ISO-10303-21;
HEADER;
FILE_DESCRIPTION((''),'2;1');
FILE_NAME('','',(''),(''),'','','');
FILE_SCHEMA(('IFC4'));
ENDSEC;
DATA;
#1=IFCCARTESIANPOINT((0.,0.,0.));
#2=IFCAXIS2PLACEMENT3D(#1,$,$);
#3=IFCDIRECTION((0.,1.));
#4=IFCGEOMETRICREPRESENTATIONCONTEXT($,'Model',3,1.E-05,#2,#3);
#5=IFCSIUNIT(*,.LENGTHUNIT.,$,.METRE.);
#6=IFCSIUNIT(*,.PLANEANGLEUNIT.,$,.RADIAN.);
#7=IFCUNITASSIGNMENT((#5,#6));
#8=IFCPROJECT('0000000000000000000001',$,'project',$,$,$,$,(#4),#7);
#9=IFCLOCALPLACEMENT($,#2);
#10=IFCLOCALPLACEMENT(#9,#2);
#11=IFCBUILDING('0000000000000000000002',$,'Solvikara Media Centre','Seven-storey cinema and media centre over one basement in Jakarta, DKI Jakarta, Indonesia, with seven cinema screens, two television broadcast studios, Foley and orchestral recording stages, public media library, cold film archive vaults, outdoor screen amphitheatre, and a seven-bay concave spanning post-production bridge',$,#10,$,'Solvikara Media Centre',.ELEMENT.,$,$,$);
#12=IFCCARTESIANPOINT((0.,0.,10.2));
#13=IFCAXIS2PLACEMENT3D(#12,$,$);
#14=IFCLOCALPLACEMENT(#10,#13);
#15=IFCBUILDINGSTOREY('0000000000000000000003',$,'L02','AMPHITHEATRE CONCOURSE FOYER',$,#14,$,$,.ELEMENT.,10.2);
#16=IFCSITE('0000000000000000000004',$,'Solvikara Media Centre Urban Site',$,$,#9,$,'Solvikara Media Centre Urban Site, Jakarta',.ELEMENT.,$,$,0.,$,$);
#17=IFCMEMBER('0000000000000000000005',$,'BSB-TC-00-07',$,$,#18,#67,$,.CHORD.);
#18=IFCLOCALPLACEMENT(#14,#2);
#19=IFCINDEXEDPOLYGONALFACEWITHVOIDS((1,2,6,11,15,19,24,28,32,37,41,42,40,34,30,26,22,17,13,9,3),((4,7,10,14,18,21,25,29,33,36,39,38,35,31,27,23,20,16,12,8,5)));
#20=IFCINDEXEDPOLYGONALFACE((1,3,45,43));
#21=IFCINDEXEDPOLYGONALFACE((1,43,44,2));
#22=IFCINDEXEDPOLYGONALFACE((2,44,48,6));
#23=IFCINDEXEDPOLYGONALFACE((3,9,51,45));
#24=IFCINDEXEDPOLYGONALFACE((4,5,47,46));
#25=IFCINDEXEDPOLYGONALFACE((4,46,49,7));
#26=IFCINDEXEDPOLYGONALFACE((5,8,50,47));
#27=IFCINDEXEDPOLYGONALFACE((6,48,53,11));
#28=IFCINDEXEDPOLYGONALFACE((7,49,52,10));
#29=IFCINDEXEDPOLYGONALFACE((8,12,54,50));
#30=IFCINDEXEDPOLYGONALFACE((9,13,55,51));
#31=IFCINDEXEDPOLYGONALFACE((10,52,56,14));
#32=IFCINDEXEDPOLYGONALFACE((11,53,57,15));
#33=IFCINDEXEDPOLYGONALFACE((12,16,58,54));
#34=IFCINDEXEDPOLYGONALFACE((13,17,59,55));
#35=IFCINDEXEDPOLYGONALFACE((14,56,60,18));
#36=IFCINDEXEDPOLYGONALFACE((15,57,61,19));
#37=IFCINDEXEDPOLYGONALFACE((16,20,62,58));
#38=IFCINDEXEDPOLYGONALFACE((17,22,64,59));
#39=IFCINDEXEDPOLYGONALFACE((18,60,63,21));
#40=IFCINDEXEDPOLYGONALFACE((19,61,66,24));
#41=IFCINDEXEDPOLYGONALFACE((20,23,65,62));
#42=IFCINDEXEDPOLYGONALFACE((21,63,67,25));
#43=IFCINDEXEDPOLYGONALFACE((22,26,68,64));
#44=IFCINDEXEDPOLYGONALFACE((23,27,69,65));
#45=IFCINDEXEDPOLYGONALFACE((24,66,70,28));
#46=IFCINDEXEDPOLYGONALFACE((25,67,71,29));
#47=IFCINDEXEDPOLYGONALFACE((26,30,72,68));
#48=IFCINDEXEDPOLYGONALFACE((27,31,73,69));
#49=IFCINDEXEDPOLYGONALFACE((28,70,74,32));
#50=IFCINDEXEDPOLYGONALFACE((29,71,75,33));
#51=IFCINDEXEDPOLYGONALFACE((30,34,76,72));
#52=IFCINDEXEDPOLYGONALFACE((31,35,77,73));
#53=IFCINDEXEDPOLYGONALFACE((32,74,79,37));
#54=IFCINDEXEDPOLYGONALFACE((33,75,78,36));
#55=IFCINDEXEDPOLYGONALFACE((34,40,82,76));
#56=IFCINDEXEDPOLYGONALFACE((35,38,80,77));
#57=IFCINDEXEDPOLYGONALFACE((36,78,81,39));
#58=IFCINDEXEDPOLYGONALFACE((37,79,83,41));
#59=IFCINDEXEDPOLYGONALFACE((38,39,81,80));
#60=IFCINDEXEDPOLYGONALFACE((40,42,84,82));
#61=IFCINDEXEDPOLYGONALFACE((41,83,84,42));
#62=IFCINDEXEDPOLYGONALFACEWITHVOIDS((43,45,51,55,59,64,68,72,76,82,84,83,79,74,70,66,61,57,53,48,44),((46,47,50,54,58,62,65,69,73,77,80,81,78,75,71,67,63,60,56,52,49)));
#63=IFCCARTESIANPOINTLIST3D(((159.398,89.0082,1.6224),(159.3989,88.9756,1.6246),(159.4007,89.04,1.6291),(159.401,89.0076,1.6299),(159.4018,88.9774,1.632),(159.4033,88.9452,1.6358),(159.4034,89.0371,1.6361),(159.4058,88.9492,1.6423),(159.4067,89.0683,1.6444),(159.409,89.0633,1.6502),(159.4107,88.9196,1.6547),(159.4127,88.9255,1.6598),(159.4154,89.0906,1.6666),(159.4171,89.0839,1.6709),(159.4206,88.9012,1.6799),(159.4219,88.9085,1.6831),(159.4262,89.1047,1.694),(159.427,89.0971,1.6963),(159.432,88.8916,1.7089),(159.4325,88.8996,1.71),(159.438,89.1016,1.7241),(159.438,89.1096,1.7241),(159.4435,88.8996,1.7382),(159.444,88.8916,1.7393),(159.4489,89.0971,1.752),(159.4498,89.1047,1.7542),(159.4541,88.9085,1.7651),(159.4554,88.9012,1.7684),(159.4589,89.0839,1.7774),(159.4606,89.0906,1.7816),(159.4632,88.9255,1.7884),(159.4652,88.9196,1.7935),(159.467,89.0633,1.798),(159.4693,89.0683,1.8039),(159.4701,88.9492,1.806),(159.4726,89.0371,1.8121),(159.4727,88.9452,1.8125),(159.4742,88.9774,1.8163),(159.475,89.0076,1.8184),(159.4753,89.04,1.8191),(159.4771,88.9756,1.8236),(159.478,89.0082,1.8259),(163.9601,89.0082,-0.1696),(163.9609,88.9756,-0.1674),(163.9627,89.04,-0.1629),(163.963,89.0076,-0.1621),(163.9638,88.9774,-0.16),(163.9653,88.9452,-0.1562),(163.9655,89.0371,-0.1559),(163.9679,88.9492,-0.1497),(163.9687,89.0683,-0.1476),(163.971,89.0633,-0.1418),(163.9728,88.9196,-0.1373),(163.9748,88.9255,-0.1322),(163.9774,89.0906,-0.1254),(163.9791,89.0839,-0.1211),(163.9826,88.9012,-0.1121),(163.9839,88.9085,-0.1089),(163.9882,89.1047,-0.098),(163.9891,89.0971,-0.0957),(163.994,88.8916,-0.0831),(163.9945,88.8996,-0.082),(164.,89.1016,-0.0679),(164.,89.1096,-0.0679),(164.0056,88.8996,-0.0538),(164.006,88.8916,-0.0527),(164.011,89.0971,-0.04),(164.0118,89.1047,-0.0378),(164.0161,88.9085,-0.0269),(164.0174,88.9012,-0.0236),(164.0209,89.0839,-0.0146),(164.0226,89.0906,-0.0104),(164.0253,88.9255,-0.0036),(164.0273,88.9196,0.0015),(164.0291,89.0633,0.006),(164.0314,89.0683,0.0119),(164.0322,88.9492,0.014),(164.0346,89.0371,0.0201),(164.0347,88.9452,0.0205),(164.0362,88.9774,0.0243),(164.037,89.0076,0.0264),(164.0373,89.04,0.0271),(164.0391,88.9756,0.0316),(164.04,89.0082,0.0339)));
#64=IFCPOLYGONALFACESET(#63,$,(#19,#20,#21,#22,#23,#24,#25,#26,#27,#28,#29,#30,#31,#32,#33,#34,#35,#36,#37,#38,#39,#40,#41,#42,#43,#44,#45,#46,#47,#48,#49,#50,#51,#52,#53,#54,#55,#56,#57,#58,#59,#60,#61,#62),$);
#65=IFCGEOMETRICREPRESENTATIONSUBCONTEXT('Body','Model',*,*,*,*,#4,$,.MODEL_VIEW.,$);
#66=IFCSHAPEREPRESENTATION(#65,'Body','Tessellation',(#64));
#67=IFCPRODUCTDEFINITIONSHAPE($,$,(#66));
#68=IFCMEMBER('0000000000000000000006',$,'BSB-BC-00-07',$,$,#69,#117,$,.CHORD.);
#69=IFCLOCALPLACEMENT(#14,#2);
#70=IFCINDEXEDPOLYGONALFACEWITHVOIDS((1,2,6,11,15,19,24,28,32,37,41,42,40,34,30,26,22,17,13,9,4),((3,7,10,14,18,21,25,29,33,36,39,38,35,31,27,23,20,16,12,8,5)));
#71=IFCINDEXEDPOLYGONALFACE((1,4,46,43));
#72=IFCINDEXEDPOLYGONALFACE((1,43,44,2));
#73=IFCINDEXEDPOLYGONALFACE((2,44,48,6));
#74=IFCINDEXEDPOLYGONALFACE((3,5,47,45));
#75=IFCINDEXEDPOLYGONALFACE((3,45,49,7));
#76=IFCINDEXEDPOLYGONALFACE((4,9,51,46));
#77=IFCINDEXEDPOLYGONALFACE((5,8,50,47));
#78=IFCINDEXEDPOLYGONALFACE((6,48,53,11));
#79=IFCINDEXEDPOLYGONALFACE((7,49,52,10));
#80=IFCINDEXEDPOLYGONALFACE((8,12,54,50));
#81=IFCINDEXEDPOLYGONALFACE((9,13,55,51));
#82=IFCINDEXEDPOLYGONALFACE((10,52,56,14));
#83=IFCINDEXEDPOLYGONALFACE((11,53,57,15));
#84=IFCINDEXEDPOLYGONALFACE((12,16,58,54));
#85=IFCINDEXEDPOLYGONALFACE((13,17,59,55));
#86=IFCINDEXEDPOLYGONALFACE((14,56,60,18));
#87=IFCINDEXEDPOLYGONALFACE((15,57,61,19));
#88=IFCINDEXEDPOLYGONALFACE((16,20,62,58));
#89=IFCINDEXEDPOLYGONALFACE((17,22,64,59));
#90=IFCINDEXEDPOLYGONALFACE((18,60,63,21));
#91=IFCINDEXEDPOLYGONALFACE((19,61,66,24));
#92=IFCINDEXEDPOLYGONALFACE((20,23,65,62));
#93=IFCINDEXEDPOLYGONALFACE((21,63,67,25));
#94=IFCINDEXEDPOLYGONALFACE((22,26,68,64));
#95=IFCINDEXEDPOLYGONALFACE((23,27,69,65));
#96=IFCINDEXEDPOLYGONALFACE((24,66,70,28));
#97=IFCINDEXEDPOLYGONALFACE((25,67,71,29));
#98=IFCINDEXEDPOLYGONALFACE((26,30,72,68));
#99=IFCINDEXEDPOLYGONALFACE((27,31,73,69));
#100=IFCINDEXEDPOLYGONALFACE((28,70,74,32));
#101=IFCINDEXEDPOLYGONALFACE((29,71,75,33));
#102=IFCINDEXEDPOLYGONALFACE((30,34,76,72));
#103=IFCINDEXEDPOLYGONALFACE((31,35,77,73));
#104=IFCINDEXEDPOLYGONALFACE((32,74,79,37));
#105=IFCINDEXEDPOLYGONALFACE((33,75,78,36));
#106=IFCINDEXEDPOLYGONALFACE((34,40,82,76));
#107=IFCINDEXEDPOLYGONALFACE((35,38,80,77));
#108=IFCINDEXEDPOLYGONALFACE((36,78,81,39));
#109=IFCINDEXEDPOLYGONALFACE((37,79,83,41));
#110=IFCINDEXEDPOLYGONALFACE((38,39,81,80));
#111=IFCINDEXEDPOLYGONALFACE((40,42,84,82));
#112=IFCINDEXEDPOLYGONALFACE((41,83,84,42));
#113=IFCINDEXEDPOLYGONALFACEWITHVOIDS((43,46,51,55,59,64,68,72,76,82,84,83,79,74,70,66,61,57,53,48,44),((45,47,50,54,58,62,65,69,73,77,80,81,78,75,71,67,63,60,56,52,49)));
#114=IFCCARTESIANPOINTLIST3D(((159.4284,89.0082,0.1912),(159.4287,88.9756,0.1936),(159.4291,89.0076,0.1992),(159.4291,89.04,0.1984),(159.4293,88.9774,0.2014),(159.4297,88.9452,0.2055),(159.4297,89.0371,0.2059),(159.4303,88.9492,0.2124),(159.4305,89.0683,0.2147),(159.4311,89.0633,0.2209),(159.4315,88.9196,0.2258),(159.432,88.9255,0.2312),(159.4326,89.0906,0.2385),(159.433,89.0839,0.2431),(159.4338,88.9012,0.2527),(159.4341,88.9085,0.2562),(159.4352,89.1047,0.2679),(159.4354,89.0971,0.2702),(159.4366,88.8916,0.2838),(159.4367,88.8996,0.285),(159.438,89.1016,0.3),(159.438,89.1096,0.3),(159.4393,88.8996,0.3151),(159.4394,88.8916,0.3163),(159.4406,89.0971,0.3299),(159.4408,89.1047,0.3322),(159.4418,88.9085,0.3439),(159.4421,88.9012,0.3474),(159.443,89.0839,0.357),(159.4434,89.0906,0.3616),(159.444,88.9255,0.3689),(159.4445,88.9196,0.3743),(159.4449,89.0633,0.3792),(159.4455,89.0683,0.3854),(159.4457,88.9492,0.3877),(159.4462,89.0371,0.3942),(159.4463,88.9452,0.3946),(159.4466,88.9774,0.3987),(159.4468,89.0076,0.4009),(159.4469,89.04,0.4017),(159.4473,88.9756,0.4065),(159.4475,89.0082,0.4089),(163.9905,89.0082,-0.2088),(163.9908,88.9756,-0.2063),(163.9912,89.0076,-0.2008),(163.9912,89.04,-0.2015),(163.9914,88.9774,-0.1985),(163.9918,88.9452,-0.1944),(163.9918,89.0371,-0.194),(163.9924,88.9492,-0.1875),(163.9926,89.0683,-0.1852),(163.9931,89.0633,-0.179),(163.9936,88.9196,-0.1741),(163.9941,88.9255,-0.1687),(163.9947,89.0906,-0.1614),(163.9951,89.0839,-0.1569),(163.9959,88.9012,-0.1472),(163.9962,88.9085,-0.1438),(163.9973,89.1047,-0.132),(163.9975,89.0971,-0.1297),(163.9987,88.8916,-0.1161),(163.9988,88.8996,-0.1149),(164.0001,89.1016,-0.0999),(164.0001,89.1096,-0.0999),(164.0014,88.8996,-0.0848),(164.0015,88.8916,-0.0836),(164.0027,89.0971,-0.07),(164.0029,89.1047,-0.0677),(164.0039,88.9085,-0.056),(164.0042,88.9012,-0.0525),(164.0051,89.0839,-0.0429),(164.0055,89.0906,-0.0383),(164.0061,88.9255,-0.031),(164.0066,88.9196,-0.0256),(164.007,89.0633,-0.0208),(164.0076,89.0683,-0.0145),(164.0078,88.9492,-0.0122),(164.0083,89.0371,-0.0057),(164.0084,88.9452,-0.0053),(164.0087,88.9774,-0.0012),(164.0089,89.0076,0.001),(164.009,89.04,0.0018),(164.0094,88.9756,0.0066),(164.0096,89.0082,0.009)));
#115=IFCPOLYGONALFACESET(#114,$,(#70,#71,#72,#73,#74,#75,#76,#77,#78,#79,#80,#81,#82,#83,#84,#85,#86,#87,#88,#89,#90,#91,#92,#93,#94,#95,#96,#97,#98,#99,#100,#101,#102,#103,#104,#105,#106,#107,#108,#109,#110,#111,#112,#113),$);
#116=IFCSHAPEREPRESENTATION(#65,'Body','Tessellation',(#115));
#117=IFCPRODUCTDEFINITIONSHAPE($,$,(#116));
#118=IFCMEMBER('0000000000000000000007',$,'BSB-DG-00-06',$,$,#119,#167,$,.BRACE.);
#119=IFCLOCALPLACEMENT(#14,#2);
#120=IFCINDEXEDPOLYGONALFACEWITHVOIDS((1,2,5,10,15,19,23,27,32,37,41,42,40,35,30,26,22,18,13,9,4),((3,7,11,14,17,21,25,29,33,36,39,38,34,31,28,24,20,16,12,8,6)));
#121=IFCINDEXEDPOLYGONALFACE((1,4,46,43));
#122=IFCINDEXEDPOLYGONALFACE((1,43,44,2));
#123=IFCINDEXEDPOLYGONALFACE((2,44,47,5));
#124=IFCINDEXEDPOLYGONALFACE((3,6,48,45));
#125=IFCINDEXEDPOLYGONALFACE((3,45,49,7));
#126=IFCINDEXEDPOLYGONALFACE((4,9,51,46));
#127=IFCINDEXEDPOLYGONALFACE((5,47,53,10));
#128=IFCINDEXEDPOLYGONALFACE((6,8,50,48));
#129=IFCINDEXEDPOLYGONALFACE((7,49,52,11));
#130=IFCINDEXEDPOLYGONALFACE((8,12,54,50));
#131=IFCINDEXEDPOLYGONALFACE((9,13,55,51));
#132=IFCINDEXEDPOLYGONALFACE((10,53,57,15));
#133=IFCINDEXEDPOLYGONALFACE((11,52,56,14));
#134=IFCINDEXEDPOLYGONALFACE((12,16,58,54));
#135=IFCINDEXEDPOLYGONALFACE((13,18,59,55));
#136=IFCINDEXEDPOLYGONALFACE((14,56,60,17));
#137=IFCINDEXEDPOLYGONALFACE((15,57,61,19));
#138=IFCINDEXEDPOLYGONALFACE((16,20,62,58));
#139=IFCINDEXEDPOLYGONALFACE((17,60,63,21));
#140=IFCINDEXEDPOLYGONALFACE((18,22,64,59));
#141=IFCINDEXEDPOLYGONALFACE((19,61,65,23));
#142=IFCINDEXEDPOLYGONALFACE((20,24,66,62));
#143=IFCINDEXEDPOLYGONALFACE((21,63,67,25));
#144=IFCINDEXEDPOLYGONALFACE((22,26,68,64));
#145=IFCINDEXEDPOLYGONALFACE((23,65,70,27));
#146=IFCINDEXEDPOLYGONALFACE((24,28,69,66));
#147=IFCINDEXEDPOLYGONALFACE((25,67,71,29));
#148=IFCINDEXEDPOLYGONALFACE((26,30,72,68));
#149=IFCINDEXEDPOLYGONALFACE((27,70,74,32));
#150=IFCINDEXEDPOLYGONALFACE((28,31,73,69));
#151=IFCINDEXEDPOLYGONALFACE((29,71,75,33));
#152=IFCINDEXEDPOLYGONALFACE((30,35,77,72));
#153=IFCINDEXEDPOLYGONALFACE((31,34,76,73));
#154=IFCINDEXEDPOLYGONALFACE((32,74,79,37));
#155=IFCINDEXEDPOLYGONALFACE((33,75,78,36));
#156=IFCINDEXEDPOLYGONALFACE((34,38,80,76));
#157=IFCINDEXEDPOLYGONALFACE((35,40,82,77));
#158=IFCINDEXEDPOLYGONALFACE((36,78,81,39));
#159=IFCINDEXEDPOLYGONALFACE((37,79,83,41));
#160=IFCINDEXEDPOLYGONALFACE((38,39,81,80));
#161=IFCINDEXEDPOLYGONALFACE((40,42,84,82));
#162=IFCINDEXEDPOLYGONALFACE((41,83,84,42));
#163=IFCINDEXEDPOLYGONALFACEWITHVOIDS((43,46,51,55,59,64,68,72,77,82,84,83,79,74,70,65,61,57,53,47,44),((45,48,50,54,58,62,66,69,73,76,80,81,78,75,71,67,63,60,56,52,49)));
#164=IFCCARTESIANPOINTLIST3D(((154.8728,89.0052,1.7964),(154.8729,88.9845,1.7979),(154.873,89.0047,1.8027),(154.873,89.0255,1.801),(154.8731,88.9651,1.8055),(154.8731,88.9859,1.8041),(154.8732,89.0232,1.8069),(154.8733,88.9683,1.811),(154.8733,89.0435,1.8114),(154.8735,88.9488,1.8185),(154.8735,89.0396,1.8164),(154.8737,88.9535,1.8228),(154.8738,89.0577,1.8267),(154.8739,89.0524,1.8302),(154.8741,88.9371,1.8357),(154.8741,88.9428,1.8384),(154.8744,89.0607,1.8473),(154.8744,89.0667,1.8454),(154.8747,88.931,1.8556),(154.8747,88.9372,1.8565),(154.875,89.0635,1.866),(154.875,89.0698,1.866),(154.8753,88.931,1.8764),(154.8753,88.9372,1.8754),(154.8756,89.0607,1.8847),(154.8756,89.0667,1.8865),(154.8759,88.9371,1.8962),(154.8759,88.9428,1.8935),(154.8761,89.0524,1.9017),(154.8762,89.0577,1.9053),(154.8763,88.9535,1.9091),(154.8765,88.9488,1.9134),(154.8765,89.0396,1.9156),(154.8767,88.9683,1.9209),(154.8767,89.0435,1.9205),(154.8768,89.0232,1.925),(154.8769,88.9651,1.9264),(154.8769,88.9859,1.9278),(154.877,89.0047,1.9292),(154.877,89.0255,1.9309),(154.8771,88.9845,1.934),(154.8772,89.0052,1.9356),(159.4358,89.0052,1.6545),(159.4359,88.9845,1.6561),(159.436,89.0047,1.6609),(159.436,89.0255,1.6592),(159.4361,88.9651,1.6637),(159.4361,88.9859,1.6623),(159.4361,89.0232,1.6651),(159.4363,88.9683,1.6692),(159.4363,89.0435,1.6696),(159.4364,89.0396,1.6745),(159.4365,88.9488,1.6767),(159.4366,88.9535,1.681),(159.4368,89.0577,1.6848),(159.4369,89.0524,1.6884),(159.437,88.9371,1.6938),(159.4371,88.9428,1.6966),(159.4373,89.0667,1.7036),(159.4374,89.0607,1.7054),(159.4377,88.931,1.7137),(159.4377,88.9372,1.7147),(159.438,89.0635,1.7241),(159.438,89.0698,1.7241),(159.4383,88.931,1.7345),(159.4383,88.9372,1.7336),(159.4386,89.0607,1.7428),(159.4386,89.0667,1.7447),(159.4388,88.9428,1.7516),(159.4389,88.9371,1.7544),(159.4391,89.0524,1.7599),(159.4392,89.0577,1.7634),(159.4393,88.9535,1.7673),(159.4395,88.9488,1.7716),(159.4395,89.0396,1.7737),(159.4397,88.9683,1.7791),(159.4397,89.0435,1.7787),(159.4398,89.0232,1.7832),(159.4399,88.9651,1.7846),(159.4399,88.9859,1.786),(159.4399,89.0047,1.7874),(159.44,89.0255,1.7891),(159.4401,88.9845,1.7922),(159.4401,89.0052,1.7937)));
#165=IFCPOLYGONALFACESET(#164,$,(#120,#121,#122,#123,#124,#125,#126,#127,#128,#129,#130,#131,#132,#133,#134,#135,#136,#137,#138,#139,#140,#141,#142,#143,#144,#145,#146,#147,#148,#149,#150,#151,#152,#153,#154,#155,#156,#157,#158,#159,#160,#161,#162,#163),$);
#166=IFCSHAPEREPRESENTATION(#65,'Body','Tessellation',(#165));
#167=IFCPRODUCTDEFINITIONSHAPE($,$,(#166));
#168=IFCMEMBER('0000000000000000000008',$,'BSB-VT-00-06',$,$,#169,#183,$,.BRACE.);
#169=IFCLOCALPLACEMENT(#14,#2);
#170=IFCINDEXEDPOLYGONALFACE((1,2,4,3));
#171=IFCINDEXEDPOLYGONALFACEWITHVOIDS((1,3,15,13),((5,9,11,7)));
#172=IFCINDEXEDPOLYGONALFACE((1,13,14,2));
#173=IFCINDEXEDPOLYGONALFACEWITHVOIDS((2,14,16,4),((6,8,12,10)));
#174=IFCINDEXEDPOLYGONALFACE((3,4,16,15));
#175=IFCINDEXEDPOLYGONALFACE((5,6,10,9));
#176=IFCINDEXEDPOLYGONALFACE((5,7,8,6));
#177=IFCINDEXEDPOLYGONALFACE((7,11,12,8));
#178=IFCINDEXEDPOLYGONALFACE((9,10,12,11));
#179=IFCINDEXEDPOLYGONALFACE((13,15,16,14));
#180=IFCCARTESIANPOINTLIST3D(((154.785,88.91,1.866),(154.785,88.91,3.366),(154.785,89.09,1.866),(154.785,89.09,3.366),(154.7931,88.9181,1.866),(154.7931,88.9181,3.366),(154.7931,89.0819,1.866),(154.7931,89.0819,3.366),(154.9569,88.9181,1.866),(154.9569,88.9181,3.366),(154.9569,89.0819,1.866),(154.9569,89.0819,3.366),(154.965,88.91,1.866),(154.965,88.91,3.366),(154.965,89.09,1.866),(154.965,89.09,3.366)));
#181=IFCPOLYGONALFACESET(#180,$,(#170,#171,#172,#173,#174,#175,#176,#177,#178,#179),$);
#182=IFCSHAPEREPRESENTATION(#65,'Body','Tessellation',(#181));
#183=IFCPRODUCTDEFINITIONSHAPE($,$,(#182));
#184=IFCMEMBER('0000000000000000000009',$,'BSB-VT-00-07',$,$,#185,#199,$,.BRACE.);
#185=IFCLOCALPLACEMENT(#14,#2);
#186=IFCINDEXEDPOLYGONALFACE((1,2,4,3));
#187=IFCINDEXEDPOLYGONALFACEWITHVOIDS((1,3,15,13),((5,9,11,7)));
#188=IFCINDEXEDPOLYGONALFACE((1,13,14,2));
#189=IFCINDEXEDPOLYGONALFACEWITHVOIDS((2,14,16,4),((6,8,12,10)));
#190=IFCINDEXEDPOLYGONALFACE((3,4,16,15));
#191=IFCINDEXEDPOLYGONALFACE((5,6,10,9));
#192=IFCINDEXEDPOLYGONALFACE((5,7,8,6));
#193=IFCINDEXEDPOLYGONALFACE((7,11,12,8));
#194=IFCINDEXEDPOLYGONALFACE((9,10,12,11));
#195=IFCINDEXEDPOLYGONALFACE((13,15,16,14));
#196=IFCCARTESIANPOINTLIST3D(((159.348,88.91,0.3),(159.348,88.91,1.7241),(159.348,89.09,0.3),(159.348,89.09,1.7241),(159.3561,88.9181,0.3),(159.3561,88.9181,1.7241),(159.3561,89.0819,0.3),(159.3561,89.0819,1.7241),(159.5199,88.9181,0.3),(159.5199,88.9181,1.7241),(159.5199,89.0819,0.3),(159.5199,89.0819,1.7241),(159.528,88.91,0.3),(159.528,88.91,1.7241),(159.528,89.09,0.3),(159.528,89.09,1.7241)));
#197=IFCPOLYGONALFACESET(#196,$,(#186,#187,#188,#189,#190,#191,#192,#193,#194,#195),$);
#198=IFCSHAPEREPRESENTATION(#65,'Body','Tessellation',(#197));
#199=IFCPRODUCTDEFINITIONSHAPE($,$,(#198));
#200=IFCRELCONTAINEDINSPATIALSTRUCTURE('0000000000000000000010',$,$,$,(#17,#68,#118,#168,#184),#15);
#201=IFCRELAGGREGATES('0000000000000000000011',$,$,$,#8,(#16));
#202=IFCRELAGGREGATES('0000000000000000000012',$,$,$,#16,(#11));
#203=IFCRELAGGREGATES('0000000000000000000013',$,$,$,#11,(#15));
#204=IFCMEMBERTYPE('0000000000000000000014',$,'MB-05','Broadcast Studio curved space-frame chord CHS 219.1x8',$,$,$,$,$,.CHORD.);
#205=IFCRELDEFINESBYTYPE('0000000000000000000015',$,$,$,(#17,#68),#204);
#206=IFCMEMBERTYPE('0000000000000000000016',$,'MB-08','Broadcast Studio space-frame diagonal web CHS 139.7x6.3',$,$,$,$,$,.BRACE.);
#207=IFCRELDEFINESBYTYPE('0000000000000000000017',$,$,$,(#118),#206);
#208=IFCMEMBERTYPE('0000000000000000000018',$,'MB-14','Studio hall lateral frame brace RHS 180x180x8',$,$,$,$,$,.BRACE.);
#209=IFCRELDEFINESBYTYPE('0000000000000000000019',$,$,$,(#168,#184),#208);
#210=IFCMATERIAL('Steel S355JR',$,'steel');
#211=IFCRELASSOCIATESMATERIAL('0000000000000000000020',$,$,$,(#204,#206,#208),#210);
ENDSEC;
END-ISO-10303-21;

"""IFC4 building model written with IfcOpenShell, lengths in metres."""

from ifc_helpers import new_model, si_unit, direction, frame, origin, origin_2d, place, context, subcontext, project, spatial, hollow_rectangle, hollow_circle, extrude, material, material_profile, profile_set, type_object, element, save


model = new_model("IFC4")

# Units and contexts
model_context = context("Model", 3, precision=1e-05, world=origin(), true_north=direction((0.0, 1.0)))
body_context = subcontext(model_context, "Body", "Model", "MODEL_VIEW")
ifc_project = project(units=[si_unit("LENGTHUNIT", "METRE"), si_unit("PLANEANGLEUNIT", "RADIAN")], contexts=[model_context])

# Site, building, storey
site_placement = place(None, origin())
site = spatial("IfcSite", under=ifc_project, at=site_placement, Name="Solvikara Media Centre Urban Site", LongName="Solvikara Media Centre Urban Site, Jakarta", CompositionType="ELEMENT", RefElevation=0.0)
building_placement = place(site_placement, origin())
building = spatial("IfcBuilding", under=site, at=building_placement, Name="Solvikara Media Centre", Description="Seven-storey cinema and media centre over one basement in Jakarta, DKI Jakarta, Indonesia, with seven cinema screens, two television broadcast studios, Foley and orchestral recording stages, public media library, cold film archive vaults, outdoor screen amphitheatre, and a seven-bay concave spanning post-production bridge", LongName="Solvikara Media Centre", CompositionType="ELEMENT")
storey_placement = place(building_placement, frame((0.0, 0.0, 10.2)))
storey = spatial("IfcBuildingStorey", under=building, at=storey_placement, Name="L02", Description="AMPHITHEATRE CONCOURSE FOYER", CompositionType="ELEMENT", Elevation=10.2)

# Shared definitions
ifc_material_1 = material(Name="Steel S355JR", Category="steel")

# Members
ifc_material_profile_1 = material_profile(ifc_material_1, hollow_circle(Radius=0.1096, WallThickness=0.0081, at=origin_2d()), Name="CHS 219.1x8")
ifc_profile_set_1 = profile_set([ifc_material_profile_1], Name="Steel S355JR")
member_type_1 = type_object("IfcMemberType", Name="MB-05", Description="Broadcast Studio curved space-frame chord CHS 219.1x8", PredefinedType="CHORD", material=ifc_profile_set_1)
member_1_placement = place(storey_placement, frame((159.438, 89.0, 1.7241), z_axis=(0.930767, 0.0, -0.365612), x_axis=(0.0, 1.0, 0.0)))
element("IfcMember", 1, at=member_1_placement, inside=storey, type_object=member_type_1, Name="BSB-TC-00-07", PredefinedType="CHORD", context=body_context, shape_type="SweptSolid", body=[
    extrude(hollow_circle(Radius=0.1096, WallThickness=0.0081, at=origin_2d()), origin(), (0.0, 0.0, 1.0), 4.9014),
])
member_2_placement = place(storey_placement, frame((159.438, 89.0, 0.3), z_axis=(0.99618, 0.0, -0.087324), x_axis=(0.0, 1.0, 0.0)))
element("IfcMember", 2, at=member_2_placement, inside=storey, type_object=member_type_1, Name="BSB-BC-00-07", PredefinedType="CHORD", context=body_context, shape_type="SweptSolid", body=[
    extrude(hollow_circle(Radius=0.1096, WallThickness=0.0081, at=origin_2d()), origin(), (0.0, 0.0, 1.0), 4.5796),
])
ifc_material_profile_2 = material_profile(ifc_material_1, hollow_circle(Radius=0.0698, WallThickness=0.0063, at=origin_2d()), Name="CHS 139.7x6.3")
ifc_profile_set_2 = profile_set([ifc_material_profile_2], Name="Steel S355JR")
member_type_2 = type_object("IfcMemberType", Name="MB-08", Description="Broadcast Studio space-frame diagonal web CHS 139.7x6.3", PredefinedType="BRACE", material=ifc_profile_set_2)
member_3_placement = place(storey_placement, frame((154.875, 89.0, 1.866), z_axis=(0.999517, 0.0, -0.031071), x_axis=(0.0, 1.0, 0.0)))
element("IfcMember", 3, at=member_3_placement, inside=storey, type_object=member_type_2, Name="BSB-DG-00-06", PredefinedType="BRACE", context=body_context, shape_type="SweptSolid", body=[
    extrude(hollow_circle(Radius=0.0698, WallThickness=0.0063, at=origin_2d()), origin(), (0.0, 0.0, 1.0), 4.5652),
])
ifc_material_profile_3 = material_profile(ifc_material_1, hollow_rectangle(XDim=0.1799, YDim=0.1799, WallThickness=0.0081, at=origin_2d()), Name="RHS 180x180x8")
ifc_profile_set_3 = profile_set([ifc_material_profile_3], Name="Steel S355JR")
member_type_3 = type_object("IfcMemberType", Name="MB-14", Description="Studio hall lateral frame brace RHS 180x180x8", PredefinedType="BRACE", material=ifc_profile_set_3)
member_4_placement = place(storey_placement, frame((154.875, 89.0, 1.866), z_axis=(0.0, 0.0, 1.0), x_axis=(1.0, 0.0, 0.0)))
element("IfcMember", 4, at=member_4_placement, inside=storey, type_object=member_type_3, Name="BSB-VT-00-06", PredefinedType="BRACE", context=body_context, shape_type="SweptSolid", body=[
    extrude(hollow_rectangle(XDim=0.1799, YDim=0.1799, WallThickness=0.0081, at=origin_2d()), origin(), (0.0, 0.0, 1.0), 1.5),
])
member_5_placement = place(storey_placement, frame((159.438, 89.0, 0.3), z_axis=(0.0, 0.0, 1.0), x_axis=(1.0, 0.0, 0.0)))
element("IfcMember", 5, at=member_5_placement, inside=storey, type_object=member_type_3, Name="BSB-VT-00-07", PredefinedType="BRACE", context=body_context, shape_type="SweptSolid", body=[
    extrude(hollow_rectangle(XDim=0.1799, YDim=0.1799, WallThickness=0.0081, at=origin_2d()), origin(), (0.0, 0.0, 1.0), 1.4241),
])

save(model, "model.ifc")
